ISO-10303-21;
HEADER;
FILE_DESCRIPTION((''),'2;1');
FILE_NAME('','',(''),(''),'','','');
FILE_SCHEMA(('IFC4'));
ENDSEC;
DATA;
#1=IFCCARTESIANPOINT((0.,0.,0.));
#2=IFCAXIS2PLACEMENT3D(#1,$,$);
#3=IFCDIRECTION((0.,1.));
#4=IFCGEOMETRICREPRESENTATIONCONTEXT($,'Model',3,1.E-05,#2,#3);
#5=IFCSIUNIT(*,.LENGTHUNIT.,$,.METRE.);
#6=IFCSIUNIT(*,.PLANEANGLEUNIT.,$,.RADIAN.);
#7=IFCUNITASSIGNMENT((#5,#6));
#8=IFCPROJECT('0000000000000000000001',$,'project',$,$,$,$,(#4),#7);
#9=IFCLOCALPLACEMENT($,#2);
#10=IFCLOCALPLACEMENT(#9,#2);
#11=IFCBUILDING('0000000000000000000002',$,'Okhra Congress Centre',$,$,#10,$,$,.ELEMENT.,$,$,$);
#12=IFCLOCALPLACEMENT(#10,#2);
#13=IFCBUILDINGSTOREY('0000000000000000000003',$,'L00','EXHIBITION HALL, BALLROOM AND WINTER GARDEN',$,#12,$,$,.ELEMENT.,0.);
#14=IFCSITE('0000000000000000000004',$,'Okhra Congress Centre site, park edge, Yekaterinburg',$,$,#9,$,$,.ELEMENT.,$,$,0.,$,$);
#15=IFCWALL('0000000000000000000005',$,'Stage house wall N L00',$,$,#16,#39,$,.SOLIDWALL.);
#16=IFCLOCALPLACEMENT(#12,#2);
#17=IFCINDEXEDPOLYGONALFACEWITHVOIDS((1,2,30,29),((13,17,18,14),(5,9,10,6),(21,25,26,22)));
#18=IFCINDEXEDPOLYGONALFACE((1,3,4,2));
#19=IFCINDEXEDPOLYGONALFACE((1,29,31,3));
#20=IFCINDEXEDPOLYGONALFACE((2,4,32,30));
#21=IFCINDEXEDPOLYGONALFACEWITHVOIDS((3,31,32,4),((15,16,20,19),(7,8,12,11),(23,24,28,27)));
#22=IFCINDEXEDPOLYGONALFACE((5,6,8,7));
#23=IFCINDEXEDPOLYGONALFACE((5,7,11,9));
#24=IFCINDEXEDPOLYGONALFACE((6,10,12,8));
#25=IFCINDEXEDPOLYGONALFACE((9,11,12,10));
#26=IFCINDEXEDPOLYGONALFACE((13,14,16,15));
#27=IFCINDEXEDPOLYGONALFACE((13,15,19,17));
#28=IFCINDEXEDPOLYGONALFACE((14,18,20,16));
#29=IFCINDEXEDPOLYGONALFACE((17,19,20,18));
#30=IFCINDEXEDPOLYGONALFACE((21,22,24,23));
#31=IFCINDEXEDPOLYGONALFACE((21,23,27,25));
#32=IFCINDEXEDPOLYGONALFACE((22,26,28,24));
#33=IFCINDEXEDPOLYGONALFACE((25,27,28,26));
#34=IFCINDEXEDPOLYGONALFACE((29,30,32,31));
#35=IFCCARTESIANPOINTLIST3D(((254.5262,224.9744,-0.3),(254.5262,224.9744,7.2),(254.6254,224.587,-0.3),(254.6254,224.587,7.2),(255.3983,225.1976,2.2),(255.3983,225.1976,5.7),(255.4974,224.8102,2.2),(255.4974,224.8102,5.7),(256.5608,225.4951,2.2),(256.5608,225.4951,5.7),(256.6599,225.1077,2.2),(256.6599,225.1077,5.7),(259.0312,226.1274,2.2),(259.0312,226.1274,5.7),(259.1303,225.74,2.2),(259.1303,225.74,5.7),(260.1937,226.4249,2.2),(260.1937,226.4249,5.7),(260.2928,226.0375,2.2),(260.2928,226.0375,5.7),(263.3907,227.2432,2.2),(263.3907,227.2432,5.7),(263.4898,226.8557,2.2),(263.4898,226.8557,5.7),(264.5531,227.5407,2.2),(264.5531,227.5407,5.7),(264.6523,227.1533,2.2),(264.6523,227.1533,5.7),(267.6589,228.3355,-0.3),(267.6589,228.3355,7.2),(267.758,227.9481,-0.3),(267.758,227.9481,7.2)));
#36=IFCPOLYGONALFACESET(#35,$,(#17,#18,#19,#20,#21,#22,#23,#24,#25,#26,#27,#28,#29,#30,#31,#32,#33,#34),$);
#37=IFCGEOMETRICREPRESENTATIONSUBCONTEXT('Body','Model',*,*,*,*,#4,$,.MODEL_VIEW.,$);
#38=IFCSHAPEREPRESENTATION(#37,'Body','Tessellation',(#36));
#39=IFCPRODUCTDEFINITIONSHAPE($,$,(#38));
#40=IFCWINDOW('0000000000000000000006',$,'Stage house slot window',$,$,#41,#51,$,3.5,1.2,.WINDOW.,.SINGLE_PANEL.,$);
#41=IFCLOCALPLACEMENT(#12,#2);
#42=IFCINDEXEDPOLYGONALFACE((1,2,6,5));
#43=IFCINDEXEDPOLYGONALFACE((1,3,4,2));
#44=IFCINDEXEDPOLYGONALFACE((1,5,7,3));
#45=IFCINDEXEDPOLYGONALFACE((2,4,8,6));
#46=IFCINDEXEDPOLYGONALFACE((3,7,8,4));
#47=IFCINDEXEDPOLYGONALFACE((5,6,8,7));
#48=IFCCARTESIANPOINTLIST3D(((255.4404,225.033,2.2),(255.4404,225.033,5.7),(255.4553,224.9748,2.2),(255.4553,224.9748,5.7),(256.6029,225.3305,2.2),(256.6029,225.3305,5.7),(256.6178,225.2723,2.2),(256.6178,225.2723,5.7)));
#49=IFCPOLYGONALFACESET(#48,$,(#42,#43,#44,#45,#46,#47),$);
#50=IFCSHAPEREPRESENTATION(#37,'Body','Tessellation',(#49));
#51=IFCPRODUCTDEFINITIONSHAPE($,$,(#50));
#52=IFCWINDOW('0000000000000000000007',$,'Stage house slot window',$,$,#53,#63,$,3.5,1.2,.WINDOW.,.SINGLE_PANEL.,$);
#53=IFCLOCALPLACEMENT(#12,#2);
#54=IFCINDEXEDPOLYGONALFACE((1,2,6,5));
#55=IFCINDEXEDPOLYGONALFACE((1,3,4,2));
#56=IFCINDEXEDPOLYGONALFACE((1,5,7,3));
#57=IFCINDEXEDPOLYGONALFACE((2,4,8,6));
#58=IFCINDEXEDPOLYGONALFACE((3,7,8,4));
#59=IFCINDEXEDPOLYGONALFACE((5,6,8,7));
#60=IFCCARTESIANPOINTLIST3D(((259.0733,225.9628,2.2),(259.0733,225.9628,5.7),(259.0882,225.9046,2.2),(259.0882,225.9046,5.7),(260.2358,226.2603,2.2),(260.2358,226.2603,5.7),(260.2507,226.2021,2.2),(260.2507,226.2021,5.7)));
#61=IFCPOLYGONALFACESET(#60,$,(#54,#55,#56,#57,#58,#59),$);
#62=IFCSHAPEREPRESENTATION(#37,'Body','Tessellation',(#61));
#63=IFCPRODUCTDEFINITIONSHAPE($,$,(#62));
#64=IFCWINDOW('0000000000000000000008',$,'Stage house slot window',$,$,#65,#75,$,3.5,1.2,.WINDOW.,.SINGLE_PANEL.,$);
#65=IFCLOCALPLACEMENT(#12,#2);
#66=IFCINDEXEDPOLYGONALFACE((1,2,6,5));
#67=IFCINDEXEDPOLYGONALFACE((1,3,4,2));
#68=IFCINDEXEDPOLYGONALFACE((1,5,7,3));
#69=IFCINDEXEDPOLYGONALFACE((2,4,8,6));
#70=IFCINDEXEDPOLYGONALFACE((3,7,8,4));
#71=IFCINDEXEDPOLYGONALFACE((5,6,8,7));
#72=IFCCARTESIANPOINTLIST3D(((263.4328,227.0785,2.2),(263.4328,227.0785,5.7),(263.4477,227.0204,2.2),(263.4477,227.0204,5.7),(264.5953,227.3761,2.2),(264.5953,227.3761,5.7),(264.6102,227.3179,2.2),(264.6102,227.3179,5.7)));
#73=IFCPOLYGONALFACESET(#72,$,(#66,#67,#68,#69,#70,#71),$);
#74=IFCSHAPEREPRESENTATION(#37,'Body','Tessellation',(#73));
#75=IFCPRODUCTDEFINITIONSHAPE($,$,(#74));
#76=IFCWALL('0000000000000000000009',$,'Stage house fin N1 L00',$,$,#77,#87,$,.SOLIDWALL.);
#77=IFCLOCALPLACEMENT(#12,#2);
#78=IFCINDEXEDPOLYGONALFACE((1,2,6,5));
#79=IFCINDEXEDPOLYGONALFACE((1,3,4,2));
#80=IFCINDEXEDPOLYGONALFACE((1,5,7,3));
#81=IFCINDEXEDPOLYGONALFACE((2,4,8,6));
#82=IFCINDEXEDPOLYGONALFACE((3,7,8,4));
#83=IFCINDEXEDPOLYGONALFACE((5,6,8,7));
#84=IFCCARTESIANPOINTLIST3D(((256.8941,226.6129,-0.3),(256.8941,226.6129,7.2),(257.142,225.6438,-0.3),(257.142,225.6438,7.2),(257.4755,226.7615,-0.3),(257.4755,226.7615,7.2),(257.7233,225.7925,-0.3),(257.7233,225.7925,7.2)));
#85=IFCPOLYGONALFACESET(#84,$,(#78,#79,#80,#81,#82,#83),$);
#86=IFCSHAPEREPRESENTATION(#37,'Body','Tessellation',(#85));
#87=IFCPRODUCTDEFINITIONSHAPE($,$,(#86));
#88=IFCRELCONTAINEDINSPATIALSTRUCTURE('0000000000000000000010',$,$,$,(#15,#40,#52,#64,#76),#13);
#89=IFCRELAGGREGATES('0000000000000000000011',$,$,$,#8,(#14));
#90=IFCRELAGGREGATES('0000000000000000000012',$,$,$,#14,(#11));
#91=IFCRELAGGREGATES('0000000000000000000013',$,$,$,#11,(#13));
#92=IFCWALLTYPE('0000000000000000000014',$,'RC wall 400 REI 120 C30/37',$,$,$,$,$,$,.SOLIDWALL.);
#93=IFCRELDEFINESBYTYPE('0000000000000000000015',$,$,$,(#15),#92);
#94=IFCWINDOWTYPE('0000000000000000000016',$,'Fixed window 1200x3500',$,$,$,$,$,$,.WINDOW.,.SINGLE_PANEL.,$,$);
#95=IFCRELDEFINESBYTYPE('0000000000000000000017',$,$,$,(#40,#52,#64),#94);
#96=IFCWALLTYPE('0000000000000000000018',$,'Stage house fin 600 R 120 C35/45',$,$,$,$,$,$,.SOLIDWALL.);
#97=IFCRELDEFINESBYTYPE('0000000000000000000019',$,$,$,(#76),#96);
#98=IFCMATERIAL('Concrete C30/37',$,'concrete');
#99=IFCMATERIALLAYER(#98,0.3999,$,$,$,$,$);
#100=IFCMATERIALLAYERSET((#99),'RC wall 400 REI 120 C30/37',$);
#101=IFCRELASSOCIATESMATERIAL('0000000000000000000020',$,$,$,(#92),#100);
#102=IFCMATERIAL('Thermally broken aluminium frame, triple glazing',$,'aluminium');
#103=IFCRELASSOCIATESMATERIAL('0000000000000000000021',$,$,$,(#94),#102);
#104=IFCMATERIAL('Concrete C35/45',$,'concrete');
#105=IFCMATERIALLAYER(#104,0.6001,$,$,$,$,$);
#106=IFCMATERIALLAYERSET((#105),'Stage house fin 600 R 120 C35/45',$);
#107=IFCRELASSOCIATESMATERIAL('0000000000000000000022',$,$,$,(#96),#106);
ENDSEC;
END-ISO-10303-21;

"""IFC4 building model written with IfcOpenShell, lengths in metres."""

from ifc_helpers import new_model, si_unit, direction, frame, frame_2d, origin, place, context, subcontext, project, spatial, rectangle, extrude, material, layer, layer_set, type_object, element, fill, save


model = new_model("IFC4")

# Units and contexts
model_context = context("Model", 3, precision=1e-05, world=origin(), true_north=direction((0.0, 1.0)))
body_context = subcontext(model_context, "Body", "Model", "MODEL_VIEW")
ifc_project = project(units=[si_unit("LENGTHUNIT", "METRE"), si_unit("PLANEANGLEUNIT", "RADIAN")], contexts=[model_context])

# Site, building, storey
site_placement = place(None, origin())
site = spatial("IfcSite", under=ifc_project, at=site_placement, Name="Okhra Congress Centre site, park edge, Yekaterinburg", CompositionType="ELEMENT", RefElevation=0.0)
building_placement = place(site_placement, origin())
building = spatial("IfcBuilding", under=site, at=building_placement, Name="Okhra Congress Centre", CompositionType="ELEMENT")
storey_placement = place(building_placement, origin())
storey = spatial("IfcBuildingStorey", under=building, at=storey_placement, Name="L00", Description="EXHIBITION HALL, BALLROOM AND WINTER GARDEN", CompositionType="ELEMENT", Elevation=0.0)

# Shared definitions
ifc_material_1 = material(Name="Concrete C30/37", Category="concrete")

# Shared definitions
ifc_material_2 = material(Name="Concrete C35/45", Category="concrete")

# Wall, openings, windows
ifc_layer_1 = layer(ifc_material_1, 0.3999)
ifc_layer_set_1 = layer_set([ifc_layer_1], Name="RC wall 400 REI 120 C30/37")
wall_type_1 = type_object("IfcWallType", Name="RC wall 400 REI 120 C30/37", PredefinedType="SOLIDWALL", material=ifc_layer_set_1)
wall_1_placement = place(storey_placement, frame((254.5759, 224.7808, -0.3), z_axis=(0.0, 0.0, 1.0), x_axis=(0.968775, 0.247943, 0.0)))
wall_1 = element("IfcWall", 1, at=wall_1_placement, inside=storey, type_object=wall_type_1, Name="Stage house wall N L00", PredefinedType="SOLIDWALL", context=body_context, shape_type="SweptSolid", body=[
    extrude(rectangle(XDim=13.5559, YDim=0.3999, at=frame_2d((6.7778, 0.0))), origin(), (0.0, 0.0, 1.0), 7.5),
])
opening_1_placement = place(wall_1_placement, frame((0.8999, 0.0, 2.5)))
opening_1 = element("IfcOpeningElement", 2, at=opening_1_placement, cuts=wall_1, PredefinedType="OPENING", context=body_context, shape_type="SweptSolid", body=[
    extrude(rectangle(XDim=1.2, YDim=3.5, at=frame_2d((0.6001, 1.75))), frame((0.0, 0.21, 0.0), z_axis=(0.0, -1.0, 0.0), x_axis=(1.0, 0.0, 0.0)), (0.0, 0.0, 1.0), 0.4199),
])
opening_2_placement = place(wall_1_placement, frame((4.6499, 0.0, 2.5)))
opening_2 = element("IfcOpeningElement", 3, at=opening_2_placement, cuts=wall_1, PredefinedType="OPENING", context=body_context, shape_type="SweptSolid", body=[
    extrude(rectangle(XDim=1.2, YDim=3.5, at=frame_2d((0.6001, 1.75))), frame((0.0, 0.21, 0.0), z_axis=(0.0, -1.0, 0.0), x_axis=(1.0, 0.0, 0.0)), (0.0, 0.0, 1.0), 0.4199),
])
opening_3_placement = place(wall_1_placement, frame((9.1499, 0.0, 2.5)))
opening_3 = element("IfcOpeningElement", 4, at=opening_3_placement, cuts=wall_1, PredefinedType="OPENING", context=body_context, shape_type="SweptSolid", body=[
    extrude(rectangle(XDim=1.2, YDim=3.5, at=frame_2d((0.6001, 1.75))), frame((0.0, 0.21, 0.0), z_axis=(0.0, -1.0, 0.0), x_axis=(1.0, 0.0, 0.0)), (0.0, 0.0, 1.0), 0.4199),
])
ifc_material_3 = material(Name="Thermally broken aluminium frame, triple glazing", Category="aluminium")
window_type = type_object("IfcWindowType", Name="Fixed window 1200x3500", PartitioningType="SINGLE_PANEL", PredefinedType="WINDOW", material=ifc_material_3)
window_1_placement = place(opening_1_placement, origin())
window_1 = element("IfcWindow", 5, at=window_1_placement, inside=storey, type_object=window_type, Name="Stage house slot window", OverallHeight=3.5, OverallWidth=1.2, PartitioningType="SINGLE_PANEL", PredefinedType="WINDOW", context=body_context, shape_type="SweptSolid", body=[
    extrude(rectangle(XDim=1.2, YDim=3.5, at=frame_2d((0.6001, 1.75))), frame((0.0, 0.03, 0.0), z_axis=(0.0, -1.0, 0.0), x_axis=(1.0, 0.0, 0.0)), (0.0, 0.0, 1.0), 0.0601),
])
fill(opening_1, window_1)
window_2_placement = place(opening_2_placement, origin())
window_2 = element("IfcWindow", 6, at=window_2_placement, inside=storey, type_object=window_type, Name="Stage house slot window", OverallHeight=3.5, OverallWidth=1.2, PartitioningType="SINGLE_PANEL", PredefinedType="WINDOW", context=body_context, shape_type="SweptSolid", body=[
    extrude(rectangle(XDim=1.2, YDim=3.5, at=frame_2d((0.6001, 1.75))), frame((0.0, 0.03, 0.0), z_axis=(0.0, -1.0, 0.0), x_axis=(1.0, 0.0, 0.0)), (0.0, 0.0, 1.0), 0.0601),
])
fill(opening_2, window_2)
window_3_placement = place(opening_3_placement, origin())
window_3 = element("IfcWindow", 7, at=window_3_placement, inside=storey, type_object=window_type, Name="Stage house slot window", OverallHeight=3.5, OverallWidth=1.2, PartitioningType="SINGLE_PANEL", PredefinedType="WINDOW", context=body_context, shape_type="SweptSolid", body=[
    extrude(rectangle(XDim=1.2, YDim=3.5, at=frame_2d((0.6001, 1.75))), frame((0.0, 0.03, 0.0), z_axis=(0.0, -1.0, 0.0), x_axis=(1.0, 0.0, 0.0)), (0.0, 0.0, 1.0), 0.0601),
])
fill(opening_3, window_3)

# Wall
ifc_layer_2 = layer(ifc_material_2, 0.6001)
ifc_layer_set_2 = layer_set([ifc_layer_2], Name="Stage house fin 600 R 120 C35/45")
wall_type_2 = type_object("IfcWallType", Name="Stage house fin 600 R 120 C35/45", PredefinedType="SOLIDWALL", material=ifc_layer_set_2)
wall_2_placement = place(storey_placement, frame((257.4326, 225.7183, -0.3), z_axis=(0.0, 0.0, 1.0), x_axis=(-0.247759, 0.968822, 0.0)))
element("IfcWall", 8, at=wall_2_placement, inside=storey, type_object=wall_type_2, Name="Stage house fin N1 L00", PredefinedType="SOLIDWALL", context=body_context, shape_type="SweptSolid", body=[
    extrude(rectangle(XDim=1.0002, YDim=0.6001, at=frame_2d((0.5, 0.0))), origin(), (0.0, 0.0, 1.0), 7.5),
])

save(model, "model.ifc")
